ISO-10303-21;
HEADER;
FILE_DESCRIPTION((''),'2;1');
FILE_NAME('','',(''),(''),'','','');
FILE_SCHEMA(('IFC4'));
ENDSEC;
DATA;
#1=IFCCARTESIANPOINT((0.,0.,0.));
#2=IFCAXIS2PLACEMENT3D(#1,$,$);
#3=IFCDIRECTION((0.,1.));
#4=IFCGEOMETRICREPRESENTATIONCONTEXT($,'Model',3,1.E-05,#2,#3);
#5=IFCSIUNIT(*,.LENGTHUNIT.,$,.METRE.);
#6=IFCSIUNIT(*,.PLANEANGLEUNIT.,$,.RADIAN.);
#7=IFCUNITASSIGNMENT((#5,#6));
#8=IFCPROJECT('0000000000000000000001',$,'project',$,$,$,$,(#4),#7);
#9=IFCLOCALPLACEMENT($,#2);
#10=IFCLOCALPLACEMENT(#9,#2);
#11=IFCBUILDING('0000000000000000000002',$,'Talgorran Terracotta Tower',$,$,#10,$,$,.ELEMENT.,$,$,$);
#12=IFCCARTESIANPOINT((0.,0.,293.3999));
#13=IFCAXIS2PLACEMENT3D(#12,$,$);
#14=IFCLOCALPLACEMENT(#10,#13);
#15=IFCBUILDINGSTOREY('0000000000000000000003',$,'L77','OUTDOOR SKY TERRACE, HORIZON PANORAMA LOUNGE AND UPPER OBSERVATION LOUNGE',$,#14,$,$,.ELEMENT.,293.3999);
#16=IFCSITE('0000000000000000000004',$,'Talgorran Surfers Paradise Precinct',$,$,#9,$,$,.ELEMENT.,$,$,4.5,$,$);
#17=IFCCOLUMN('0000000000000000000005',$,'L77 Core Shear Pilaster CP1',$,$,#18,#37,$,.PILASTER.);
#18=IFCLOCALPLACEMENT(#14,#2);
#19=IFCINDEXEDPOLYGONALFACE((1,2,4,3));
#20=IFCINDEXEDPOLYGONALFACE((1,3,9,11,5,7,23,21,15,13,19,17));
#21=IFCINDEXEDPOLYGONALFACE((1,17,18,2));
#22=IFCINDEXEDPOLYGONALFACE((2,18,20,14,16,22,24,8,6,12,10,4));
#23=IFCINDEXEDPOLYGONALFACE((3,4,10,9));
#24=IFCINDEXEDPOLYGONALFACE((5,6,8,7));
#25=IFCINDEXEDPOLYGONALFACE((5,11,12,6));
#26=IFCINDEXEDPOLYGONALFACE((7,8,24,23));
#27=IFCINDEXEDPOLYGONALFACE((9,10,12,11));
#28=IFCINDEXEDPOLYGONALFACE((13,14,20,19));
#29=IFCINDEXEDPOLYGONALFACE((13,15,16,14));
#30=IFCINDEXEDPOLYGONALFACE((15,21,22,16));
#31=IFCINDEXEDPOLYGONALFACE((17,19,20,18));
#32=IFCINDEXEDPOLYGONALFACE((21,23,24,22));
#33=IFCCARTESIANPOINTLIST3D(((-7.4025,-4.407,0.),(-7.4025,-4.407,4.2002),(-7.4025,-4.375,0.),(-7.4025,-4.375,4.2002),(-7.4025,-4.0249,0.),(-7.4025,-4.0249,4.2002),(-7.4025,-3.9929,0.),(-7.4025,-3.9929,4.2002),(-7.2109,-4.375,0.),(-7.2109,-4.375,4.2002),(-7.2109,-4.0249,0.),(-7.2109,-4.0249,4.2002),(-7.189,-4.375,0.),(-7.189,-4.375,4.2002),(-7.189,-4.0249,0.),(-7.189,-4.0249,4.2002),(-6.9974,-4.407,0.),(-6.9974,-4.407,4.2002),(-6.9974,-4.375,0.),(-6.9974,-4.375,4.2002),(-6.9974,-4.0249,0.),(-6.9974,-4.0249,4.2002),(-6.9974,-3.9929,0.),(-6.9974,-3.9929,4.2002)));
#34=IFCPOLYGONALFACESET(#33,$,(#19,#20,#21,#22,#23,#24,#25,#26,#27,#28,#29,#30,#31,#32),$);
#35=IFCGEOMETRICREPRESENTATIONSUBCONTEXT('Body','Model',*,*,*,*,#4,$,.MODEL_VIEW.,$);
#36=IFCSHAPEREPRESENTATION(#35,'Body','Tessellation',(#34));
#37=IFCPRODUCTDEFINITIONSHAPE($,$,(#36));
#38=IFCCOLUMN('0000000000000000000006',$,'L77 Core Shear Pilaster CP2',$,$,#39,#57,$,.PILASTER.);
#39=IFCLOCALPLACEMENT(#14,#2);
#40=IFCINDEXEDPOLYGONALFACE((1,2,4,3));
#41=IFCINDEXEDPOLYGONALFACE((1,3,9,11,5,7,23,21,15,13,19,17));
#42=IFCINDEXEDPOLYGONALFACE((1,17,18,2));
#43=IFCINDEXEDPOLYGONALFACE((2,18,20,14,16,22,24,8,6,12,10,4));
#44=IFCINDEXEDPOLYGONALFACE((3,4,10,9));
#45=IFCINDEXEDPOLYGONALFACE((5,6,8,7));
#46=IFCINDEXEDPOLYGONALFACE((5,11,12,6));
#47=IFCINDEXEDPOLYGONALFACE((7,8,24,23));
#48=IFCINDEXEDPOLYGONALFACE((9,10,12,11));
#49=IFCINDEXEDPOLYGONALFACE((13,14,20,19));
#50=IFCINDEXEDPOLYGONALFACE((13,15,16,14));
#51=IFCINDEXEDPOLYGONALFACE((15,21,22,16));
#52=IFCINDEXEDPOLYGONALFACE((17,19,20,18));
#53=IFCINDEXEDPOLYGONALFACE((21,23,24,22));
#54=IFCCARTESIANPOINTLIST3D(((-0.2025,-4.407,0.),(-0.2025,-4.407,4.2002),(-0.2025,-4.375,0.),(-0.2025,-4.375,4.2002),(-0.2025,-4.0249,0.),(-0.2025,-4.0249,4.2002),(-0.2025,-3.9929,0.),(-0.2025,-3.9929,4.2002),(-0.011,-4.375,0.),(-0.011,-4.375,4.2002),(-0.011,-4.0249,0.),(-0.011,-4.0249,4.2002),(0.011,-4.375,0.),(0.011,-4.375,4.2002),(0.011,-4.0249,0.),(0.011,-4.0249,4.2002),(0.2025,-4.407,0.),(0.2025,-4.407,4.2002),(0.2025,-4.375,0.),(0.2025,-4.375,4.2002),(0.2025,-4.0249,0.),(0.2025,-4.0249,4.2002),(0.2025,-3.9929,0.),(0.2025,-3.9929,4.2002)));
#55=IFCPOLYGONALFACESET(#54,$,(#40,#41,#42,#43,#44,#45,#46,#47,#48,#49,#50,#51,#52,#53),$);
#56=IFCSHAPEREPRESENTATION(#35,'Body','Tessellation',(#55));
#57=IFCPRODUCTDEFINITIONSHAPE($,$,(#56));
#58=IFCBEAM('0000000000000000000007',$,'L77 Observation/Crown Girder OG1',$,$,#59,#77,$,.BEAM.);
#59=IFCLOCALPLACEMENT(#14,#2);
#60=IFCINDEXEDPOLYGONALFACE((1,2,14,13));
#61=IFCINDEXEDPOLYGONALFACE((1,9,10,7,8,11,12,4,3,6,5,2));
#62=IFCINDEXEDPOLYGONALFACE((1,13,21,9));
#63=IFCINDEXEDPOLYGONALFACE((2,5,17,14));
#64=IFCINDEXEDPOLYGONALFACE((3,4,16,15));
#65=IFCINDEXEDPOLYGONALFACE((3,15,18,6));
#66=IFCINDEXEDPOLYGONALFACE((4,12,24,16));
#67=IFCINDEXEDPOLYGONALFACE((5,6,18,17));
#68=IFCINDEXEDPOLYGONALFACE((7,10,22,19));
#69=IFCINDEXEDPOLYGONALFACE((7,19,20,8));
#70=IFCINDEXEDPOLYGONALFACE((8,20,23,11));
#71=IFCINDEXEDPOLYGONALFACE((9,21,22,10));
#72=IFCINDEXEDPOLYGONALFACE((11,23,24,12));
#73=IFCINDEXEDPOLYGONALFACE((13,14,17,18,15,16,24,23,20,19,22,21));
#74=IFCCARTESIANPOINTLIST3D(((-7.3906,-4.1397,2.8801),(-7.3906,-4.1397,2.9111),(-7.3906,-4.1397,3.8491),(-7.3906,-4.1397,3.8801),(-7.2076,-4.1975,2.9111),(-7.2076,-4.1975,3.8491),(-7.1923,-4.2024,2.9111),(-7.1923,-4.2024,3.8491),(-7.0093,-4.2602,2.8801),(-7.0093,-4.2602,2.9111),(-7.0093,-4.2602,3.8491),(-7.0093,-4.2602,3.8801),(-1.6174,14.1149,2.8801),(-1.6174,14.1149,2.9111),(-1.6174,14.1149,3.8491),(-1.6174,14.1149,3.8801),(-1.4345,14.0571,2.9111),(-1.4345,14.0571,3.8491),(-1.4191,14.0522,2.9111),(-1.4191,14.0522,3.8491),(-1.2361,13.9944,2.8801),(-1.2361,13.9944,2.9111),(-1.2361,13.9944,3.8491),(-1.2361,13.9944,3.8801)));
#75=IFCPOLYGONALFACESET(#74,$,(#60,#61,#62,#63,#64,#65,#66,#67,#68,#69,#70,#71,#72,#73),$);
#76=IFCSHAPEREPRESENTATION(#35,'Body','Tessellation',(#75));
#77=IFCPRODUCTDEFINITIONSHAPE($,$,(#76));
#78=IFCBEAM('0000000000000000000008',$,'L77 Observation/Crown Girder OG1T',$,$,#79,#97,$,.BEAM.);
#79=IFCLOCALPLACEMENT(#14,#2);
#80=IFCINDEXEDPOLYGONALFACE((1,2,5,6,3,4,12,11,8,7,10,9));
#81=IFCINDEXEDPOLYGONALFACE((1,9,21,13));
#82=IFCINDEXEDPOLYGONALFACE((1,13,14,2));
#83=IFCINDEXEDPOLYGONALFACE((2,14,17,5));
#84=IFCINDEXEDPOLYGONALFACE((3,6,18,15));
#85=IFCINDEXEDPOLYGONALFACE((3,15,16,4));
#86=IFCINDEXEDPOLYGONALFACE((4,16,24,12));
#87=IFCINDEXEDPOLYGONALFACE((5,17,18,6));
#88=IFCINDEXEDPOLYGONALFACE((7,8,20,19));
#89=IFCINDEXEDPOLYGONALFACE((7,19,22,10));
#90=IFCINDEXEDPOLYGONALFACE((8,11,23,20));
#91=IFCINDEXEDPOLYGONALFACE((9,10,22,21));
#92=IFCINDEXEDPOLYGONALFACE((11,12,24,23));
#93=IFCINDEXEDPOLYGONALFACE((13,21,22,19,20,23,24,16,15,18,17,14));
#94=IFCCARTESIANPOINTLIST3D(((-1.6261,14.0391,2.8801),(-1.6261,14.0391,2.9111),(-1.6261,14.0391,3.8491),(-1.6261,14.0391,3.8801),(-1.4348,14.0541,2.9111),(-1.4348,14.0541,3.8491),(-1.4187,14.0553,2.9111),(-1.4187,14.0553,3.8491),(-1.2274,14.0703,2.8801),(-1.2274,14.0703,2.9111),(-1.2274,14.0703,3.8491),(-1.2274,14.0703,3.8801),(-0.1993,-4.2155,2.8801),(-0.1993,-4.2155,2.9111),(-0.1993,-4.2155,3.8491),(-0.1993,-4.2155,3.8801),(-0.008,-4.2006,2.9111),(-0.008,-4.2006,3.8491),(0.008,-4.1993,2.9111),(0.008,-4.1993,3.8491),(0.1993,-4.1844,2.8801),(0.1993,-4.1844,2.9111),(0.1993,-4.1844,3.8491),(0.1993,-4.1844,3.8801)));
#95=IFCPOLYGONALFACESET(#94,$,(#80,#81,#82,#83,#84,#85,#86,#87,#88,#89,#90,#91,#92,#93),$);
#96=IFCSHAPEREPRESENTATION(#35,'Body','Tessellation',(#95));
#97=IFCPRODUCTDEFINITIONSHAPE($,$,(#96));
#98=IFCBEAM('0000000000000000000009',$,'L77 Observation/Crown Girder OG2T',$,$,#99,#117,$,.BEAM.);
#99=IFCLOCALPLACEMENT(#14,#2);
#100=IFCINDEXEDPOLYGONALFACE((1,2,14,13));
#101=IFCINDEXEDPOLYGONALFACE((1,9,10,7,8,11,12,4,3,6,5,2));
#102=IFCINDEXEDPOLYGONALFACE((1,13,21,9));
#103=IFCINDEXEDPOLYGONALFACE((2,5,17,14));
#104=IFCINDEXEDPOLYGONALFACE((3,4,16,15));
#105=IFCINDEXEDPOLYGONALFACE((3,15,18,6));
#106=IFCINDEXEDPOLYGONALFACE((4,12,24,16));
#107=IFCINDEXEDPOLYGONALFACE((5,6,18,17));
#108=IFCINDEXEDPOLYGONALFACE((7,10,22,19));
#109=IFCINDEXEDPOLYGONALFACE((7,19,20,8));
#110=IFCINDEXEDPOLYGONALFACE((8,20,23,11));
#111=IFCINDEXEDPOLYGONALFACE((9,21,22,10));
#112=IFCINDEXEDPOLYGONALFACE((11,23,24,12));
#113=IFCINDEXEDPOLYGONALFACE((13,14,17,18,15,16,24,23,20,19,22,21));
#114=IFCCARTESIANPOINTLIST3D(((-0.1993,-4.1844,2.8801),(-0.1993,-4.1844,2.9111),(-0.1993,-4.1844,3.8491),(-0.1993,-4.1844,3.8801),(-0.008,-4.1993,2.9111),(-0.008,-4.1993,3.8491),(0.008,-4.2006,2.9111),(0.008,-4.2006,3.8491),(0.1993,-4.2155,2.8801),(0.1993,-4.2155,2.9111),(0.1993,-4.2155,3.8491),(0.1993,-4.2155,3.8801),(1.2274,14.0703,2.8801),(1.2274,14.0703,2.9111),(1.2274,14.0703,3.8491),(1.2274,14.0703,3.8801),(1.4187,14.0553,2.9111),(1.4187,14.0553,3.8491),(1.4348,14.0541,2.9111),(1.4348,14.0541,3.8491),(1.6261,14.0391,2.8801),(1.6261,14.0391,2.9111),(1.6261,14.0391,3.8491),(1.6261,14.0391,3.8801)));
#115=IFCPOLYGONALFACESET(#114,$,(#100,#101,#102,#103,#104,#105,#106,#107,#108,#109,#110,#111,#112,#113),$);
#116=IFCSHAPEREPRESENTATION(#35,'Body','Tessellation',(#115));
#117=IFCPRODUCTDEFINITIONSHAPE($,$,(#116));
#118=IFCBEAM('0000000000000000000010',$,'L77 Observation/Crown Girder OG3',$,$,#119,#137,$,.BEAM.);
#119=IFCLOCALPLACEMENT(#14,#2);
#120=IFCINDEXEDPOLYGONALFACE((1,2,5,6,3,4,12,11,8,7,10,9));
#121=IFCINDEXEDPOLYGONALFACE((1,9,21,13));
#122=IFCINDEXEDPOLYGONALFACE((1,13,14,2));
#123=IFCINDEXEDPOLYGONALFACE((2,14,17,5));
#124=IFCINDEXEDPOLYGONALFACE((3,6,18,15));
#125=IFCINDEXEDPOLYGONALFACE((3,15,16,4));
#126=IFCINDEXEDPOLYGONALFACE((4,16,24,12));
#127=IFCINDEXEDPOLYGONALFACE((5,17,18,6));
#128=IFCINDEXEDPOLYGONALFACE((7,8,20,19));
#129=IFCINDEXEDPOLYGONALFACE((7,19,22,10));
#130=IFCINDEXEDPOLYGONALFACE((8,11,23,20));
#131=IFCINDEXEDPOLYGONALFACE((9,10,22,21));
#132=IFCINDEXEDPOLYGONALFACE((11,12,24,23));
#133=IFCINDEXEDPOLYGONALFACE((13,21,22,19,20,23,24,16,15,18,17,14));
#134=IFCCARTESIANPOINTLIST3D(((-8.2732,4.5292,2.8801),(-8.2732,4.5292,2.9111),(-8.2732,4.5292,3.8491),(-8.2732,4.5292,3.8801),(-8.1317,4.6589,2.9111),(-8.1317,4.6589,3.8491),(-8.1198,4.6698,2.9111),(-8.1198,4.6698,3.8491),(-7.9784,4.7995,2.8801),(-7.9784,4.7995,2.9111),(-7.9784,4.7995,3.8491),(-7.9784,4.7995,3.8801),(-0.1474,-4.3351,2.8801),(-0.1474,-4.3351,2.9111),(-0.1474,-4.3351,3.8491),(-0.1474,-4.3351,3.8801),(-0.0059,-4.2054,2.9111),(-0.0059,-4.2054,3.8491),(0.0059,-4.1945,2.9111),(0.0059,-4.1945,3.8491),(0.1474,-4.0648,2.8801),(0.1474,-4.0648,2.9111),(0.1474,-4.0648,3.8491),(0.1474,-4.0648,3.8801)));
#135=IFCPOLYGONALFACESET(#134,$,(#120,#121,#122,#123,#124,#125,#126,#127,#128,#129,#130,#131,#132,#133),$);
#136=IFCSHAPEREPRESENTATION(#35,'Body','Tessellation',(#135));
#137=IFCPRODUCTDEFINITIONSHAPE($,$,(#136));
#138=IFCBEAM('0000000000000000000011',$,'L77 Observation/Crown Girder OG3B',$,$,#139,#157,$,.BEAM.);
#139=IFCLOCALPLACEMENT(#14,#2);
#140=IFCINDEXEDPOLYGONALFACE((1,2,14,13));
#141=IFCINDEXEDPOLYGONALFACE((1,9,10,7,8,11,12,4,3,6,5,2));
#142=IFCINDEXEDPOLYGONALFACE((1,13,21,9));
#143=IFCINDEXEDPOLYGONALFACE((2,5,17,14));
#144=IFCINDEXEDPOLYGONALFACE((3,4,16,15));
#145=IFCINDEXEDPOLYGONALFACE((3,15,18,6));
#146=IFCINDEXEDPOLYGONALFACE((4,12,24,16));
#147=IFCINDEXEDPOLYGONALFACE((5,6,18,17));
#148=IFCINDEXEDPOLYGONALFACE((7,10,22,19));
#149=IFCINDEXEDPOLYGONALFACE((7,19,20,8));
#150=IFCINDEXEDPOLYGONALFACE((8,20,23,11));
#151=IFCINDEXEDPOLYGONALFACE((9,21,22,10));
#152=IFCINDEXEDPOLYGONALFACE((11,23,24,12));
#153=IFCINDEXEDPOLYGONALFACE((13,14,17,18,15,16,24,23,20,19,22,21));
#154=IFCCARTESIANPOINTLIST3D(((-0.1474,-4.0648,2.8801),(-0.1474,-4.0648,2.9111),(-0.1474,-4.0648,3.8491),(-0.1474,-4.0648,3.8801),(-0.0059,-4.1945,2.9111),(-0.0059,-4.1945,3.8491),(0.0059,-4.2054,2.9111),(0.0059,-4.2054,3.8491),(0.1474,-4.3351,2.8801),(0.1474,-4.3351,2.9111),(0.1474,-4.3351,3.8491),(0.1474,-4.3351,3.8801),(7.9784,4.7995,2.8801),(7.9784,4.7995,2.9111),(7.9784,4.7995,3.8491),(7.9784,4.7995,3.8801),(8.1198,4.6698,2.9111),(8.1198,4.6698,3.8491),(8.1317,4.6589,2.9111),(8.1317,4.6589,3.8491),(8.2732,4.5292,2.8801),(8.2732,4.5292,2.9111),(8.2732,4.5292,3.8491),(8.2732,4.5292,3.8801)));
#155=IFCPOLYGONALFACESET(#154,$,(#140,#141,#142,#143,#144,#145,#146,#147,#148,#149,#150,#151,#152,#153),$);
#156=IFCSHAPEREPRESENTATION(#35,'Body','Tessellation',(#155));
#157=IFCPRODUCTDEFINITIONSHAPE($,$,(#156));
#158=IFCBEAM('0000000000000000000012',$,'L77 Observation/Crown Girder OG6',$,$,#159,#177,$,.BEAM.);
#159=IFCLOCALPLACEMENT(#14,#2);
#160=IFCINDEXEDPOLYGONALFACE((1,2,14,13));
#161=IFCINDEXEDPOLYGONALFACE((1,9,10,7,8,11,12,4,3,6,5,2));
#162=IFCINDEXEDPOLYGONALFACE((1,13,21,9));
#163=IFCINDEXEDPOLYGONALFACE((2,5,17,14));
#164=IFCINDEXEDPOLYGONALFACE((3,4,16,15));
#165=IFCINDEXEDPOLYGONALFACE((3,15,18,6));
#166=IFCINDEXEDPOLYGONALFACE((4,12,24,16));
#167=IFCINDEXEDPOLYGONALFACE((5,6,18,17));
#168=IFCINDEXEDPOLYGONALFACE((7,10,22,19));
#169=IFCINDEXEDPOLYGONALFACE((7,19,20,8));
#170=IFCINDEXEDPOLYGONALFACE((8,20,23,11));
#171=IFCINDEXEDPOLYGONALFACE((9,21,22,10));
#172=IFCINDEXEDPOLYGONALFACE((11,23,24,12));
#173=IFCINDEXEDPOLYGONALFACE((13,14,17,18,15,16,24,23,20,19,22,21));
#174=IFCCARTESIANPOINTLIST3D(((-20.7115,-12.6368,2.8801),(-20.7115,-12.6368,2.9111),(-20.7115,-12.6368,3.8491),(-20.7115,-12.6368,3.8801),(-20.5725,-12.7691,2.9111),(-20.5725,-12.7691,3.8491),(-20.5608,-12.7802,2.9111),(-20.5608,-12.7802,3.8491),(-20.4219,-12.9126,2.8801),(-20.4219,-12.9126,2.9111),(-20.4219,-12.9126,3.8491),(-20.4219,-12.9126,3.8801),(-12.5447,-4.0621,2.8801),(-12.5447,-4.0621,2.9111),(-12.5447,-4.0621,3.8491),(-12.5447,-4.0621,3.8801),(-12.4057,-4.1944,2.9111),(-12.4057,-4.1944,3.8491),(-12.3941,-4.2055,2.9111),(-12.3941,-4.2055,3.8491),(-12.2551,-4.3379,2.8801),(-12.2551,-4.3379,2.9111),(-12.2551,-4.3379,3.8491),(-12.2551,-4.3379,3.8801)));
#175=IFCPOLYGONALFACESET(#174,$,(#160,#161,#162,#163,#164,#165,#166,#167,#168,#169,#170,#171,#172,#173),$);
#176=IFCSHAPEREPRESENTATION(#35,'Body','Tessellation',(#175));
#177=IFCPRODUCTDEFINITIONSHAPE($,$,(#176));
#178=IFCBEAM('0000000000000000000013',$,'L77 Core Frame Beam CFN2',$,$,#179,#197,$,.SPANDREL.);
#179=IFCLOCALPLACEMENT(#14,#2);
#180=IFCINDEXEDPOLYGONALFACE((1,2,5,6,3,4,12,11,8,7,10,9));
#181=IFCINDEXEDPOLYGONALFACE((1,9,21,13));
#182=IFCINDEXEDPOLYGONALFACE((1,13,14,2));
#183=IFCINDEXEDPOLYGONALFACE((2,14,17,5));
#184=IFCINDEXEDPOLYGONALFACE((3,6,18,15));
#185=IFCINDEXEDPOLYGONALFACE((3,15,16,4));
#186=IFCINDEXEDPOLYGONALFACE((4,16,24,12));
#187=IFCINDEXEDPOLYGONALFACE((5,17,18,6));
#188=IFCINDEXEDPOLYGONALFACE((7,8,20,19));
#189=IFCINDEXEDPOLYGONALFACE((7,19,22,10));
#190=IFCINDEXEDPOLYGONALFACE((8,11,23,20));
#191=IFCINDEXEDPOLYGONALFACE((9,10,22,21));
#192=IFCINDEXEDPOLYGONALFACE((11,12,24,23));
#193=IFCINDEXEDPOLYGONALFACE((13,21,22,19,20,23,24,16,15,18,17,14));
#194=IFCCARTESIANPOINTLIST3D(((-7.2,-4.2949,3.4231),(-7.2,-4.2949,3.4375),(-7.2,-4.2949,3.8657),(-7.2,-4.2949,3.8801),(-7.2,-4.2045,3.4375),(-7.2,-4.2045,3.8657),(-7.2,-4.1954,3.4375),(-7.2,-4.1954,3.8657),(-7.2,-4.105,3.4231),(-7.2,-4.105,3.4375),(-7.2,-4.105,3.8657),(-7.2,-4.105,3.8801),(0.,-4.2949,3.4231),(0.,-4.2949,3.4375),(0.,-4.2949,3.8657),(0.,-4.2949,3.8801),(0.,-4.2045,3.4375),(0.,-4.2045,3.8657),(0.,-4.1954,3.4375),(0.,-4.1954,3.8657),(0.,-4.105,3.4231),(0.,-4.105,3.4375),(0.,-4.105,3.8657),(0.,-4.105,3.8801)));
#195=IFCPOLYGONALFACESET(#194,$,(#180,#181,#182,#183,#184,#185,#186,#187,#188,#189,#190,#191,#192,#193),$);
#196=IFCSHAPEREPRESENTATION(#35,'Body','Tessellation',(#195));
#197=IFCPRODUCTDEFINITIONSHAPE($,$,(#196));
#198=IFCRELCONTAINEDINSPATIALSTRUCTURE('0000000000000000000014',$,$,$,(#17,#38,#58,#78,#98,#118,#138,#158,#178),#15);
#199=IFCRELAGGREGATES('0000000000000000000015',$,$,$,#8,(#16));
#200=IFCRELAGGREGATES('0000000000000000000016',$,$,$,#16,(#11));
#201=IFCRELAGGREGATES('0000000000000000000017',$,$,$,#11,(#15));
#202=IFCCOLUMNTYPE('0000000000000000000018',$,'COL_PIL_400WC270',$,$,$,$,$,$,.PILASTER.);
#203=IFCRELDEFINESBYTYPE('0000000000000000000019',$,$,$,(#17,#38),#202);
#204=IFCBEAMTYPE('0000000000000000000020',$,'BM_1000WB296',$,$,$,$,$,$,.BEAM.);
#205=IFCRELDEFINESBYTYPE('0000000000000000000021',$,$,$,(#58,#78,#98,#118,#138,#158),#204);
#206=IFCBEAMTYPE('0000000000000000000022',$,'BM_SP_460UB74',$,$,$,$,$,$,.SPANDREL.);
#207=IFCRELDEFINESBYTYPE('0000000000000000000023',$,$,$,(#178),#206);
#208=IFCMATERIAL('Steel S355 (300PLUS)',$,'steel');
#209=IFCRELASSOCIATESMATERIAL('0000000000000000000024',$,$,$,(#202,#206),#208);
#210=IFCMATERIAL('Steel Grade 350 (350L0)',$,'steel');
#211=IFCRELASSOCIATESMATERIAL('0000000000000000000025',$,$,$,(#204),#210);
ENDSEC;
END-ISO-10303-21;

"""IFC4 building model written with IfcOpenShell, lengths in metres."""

from ifc_helpers import new_model, si_unit, direction, frame, origin, origin_2d, place, context, subcontext, project, spatial, i_section, extrude, material, material_profile, profile_set, type_object, element, save


model = new_model("IFC4")

# Units and contexts
model_context = context("Model", 3, precision=1e-05, world=origin(), true_north=direction((0.0, 1.0)))
body_context = subcontext(model_context, "Body", "Model", "MODEL_VIEW")
ifc_project = project(units=[si_unit("LENGTHUNIT", "METRE"), si_unit("PLANEANGLEUNIT", "RADIAN")], contexts=[model_context])

# Site, building, storey
site_placement = place(None, origin())
site = spatial("IfcSite", under=ifc_project, at=site_placement, Name="Talgorran Surfers Paradise Precinct", CompositionType="ELEMENT", RefElevation=4.5)
building_placement = place(site_placement, origin())
building = spatial("IfcBuilding", under=site, at=building_placement, Name="Talgorran Terracotta Tower", CompositionType="ELEMENT")
storey_placement = place(building_placement, frame((0.0, 0.0, 293.3999)))
storey = spatial("IfcBuildingStorey", under=building, at=storey_placement, Name="L77", Description="OUTDOOR SKY TERRACE, HORIZON PANORAMA LOUNGE AND UPPER OBSERVATION LOUNGE", CompositionType="ELEMENT", Elevation=293.3999)

# Columns
ifc_material_1 = material(Name="Steel S355 (300PLUS)", Category="steel")
ifc_material_profile_1 = material_profile(ifc_material_1, i_section(OverallWidth=0.405, OverallDepth=0.4141, WebThickness=0.022, FlangeThickness=0.032, at=origin_2d()), Name="400WC270")
ifc_profile_set_1 = profile_set([ifc_material_profile_1], Name="Steel S355 (300PLUS)")
column_type = type_object("IfcColumnType", Name="COL_PIL_400WC270", PredefinedType="PILASTER", material=ifc_profile_set_1)
for number, where, z_axis, x_axis, name in (
    (1, (-7.2, -4.2, 0.0), (0.0, 0.0, 1.0), (1.0, 0.0, 0.0), "L77 Core Shear Pilaster CP1"),
    (2, (0.0, -4.2, 0.0), (0.0, 0.0, 1.0), (1.0, 0.0, 0.0), "L77 Core Shear Pilaster CP2"),
):
    element("IfcColumn", number, at=place(storey_placement, frame(where, z_axis=z_axis, x_axis=x_axis)), inside=storey, type_object=column_type, Name=name, PredefinedType="PILASTER", context=body_context, shape_type="SweptSolid", body=[
        extrude(i_section(OverallWidth=0.405, OverallDepth=0.4141, WebThickness=0.022, FlangeThickness=0.032, at=origin_2d()), origin(), (0.0, 0.0, 1.0), 4.2002),
    ])

# Beams
ifc_material_2 = material(Name="Steel Grade 350 (350L0)", Category="steel")
ifc_material_profile_2 = material_profile(ifc_material_2, i_section(OverallWidth=0.3999, OverallDepth=1.0, WebThickness=0.0161, FlangeThickness=0.031, at=origin_2d()), Name="1000WB296")
ifc_profile_set_2 = profile_set([ifc_material_profile_2], Name="Steel Grade 350 (350L0)")
beam_type_1 = type_object("IfcBeamType", Name="BM_1000WB296", PredefinedType="BEAM", material=ifc_profile_set_2)
beam_1_placement = place(storey_placement, frame((-7.2, -4.2, 3.3801), z_axis=(0.301538, 0.953454, 0.0), x_axis=(-0.953454, 0.301538, 0.0)))
element("IfcBeam", 3, at=beam_1_placement, inside=storey, type_object=beam_type_1, Name="L77 Observation/Crown Girder OG1", PredefinedType="BEAM", context=body_context, shape_type="SweptSolid", body=[
    extrude(i_section(OverallWidth=0.3999, OverallDepth=1.0, WebThickness=0.0161, FlangeThickness=0.031, at=origin_2d()), origin(), (0.0, 0.0, 1.0), 19.1458),
])
for number, where, z_axis, x_axis, name in (
    (4, (0.0, -4.2, 3.3801), (-0.077921, 0.99696, 0.0), (-0.99696, -0.077921, 0.0), "L77 Observation/Crown Girder OG1T"),
    (5, (0.0, -4.2, 3.3801), (0.077921, 0.99696, 0.0), (-0.99696, 0.077921, 0.0), "L77 Observation/Crown Girder OG2T"),
):
    element("IfcBeam", number, at=place(storey_placement, frame(where, z_axis=z_axis, x_axis=x_axis)), inside=storey, type_object=beam_type_1, Name=name, PredefinedType="BEAM", context=body_context, shape_type="SweptSolid", body=[
        extrude(i_section(OverallWidth=0.3999, OverallDepth=1.0, WebThickness=0.0161, FlangeThickness=0.031, at=origin_2d()), origin(), (0.0, 0.0, 1.0), 18.3103),
    ])
for number, where, z_axis, x_axis, name in (
    (6, (0.0, -4.2, 3.3801), (-0.675732, 0.737147, 0.0), (-0.737147, -0.675732, 0.0), "L77 Observation/Crown Girder OG3"),
    (7, (0.0, -4.2, 3.3801), (0.675732, 0.737147, 0.0), (-0.737147, 0.675732, 0.0), "L77 Observation/Crown Girder OG3B"),
):
    element("IfcBeam", number, at=place(storey_placement, frame(where, z_axis=z_axis, x_axis=x_axis)), inside=storey, type_object=beam_type_1, Name=name, PredefinedType="BEAM", context=body_context, shape_type="SweptSolid", body=[
        extrude(i_section(OverallWidth=0.3999, OverallDepth=1.0, WebThickness=0.0161, FlangeThickness=0.031, at=origin_2d()), origin(), (0.0, 0.0, 1.0), 12.0251),
    ])
beam_2_placement = place(storey_placement, frame((-12.3999, -4.2, 3.3801), z_axis=(-0.689671, -0.724123, 0.0), x_axis=(0.724123, -0.689671, 0.0)))
element("IfcBeam", 8, at=beam_2_placement, inside=storey, type_object=beam_type_1, Name="L77 Observation/Crown Girder OG6", PredefinedType="BEAM", context=body_context, shape_type="SweptSolid", body=[
    extrude(i_section(OverallWidth=0.3999, OverallDepth=1.0, WebThickness=0.0161, FlangeThickness=0.031, at=origin_2d()), origin(), (0.0, 0.0, 1.0), 11.8416),
])
ifc_material_profile_3 = material_profile(ifc_material_1, i_section(OverallWidth=0.1899, OverallDepth=0.457, WebThickness=0.009, FlangeThickness=0.0144, at=origin_2d()), Name="460UB74.6")
ifc_profile_set_3 = profile_set([ifc_material_profile_3], Name="Steel S355 (300PLUS)")
beam_type_2 = type_object("IfcBeamType", Name="BM_SP_460UB74", PredefinedType="SPANDREL", material=ifc_profile_set_3)
for number, where, z_axis, x_axis, name in (
    (9, (-7.2, -4.2, 3.6516), (1.0, 0.0, 0.0), (0.0, 1.0, 0.0), "L77 Core Frame Beam CFN2"),
):
    element("IfcBeam", number, at=place(storey_placement, frame(where, z_axis=z_axis, x_axis=x_axis)), inside=storey, type_object=beam_type_2, Name=name, PredefinedType="SPANDREL", context=body_context, shape_type="SweptSolid", body=[
        extrude(i_section(OverallWidth=0.1899, OverallDepth=0.457, WebThickness=0.009, FlangeThickness=0.0144, at=origin_2d()), origin(), (0.0, 0.0, 1.0), 7.2),
    ])

save(model, "model.ifc")
